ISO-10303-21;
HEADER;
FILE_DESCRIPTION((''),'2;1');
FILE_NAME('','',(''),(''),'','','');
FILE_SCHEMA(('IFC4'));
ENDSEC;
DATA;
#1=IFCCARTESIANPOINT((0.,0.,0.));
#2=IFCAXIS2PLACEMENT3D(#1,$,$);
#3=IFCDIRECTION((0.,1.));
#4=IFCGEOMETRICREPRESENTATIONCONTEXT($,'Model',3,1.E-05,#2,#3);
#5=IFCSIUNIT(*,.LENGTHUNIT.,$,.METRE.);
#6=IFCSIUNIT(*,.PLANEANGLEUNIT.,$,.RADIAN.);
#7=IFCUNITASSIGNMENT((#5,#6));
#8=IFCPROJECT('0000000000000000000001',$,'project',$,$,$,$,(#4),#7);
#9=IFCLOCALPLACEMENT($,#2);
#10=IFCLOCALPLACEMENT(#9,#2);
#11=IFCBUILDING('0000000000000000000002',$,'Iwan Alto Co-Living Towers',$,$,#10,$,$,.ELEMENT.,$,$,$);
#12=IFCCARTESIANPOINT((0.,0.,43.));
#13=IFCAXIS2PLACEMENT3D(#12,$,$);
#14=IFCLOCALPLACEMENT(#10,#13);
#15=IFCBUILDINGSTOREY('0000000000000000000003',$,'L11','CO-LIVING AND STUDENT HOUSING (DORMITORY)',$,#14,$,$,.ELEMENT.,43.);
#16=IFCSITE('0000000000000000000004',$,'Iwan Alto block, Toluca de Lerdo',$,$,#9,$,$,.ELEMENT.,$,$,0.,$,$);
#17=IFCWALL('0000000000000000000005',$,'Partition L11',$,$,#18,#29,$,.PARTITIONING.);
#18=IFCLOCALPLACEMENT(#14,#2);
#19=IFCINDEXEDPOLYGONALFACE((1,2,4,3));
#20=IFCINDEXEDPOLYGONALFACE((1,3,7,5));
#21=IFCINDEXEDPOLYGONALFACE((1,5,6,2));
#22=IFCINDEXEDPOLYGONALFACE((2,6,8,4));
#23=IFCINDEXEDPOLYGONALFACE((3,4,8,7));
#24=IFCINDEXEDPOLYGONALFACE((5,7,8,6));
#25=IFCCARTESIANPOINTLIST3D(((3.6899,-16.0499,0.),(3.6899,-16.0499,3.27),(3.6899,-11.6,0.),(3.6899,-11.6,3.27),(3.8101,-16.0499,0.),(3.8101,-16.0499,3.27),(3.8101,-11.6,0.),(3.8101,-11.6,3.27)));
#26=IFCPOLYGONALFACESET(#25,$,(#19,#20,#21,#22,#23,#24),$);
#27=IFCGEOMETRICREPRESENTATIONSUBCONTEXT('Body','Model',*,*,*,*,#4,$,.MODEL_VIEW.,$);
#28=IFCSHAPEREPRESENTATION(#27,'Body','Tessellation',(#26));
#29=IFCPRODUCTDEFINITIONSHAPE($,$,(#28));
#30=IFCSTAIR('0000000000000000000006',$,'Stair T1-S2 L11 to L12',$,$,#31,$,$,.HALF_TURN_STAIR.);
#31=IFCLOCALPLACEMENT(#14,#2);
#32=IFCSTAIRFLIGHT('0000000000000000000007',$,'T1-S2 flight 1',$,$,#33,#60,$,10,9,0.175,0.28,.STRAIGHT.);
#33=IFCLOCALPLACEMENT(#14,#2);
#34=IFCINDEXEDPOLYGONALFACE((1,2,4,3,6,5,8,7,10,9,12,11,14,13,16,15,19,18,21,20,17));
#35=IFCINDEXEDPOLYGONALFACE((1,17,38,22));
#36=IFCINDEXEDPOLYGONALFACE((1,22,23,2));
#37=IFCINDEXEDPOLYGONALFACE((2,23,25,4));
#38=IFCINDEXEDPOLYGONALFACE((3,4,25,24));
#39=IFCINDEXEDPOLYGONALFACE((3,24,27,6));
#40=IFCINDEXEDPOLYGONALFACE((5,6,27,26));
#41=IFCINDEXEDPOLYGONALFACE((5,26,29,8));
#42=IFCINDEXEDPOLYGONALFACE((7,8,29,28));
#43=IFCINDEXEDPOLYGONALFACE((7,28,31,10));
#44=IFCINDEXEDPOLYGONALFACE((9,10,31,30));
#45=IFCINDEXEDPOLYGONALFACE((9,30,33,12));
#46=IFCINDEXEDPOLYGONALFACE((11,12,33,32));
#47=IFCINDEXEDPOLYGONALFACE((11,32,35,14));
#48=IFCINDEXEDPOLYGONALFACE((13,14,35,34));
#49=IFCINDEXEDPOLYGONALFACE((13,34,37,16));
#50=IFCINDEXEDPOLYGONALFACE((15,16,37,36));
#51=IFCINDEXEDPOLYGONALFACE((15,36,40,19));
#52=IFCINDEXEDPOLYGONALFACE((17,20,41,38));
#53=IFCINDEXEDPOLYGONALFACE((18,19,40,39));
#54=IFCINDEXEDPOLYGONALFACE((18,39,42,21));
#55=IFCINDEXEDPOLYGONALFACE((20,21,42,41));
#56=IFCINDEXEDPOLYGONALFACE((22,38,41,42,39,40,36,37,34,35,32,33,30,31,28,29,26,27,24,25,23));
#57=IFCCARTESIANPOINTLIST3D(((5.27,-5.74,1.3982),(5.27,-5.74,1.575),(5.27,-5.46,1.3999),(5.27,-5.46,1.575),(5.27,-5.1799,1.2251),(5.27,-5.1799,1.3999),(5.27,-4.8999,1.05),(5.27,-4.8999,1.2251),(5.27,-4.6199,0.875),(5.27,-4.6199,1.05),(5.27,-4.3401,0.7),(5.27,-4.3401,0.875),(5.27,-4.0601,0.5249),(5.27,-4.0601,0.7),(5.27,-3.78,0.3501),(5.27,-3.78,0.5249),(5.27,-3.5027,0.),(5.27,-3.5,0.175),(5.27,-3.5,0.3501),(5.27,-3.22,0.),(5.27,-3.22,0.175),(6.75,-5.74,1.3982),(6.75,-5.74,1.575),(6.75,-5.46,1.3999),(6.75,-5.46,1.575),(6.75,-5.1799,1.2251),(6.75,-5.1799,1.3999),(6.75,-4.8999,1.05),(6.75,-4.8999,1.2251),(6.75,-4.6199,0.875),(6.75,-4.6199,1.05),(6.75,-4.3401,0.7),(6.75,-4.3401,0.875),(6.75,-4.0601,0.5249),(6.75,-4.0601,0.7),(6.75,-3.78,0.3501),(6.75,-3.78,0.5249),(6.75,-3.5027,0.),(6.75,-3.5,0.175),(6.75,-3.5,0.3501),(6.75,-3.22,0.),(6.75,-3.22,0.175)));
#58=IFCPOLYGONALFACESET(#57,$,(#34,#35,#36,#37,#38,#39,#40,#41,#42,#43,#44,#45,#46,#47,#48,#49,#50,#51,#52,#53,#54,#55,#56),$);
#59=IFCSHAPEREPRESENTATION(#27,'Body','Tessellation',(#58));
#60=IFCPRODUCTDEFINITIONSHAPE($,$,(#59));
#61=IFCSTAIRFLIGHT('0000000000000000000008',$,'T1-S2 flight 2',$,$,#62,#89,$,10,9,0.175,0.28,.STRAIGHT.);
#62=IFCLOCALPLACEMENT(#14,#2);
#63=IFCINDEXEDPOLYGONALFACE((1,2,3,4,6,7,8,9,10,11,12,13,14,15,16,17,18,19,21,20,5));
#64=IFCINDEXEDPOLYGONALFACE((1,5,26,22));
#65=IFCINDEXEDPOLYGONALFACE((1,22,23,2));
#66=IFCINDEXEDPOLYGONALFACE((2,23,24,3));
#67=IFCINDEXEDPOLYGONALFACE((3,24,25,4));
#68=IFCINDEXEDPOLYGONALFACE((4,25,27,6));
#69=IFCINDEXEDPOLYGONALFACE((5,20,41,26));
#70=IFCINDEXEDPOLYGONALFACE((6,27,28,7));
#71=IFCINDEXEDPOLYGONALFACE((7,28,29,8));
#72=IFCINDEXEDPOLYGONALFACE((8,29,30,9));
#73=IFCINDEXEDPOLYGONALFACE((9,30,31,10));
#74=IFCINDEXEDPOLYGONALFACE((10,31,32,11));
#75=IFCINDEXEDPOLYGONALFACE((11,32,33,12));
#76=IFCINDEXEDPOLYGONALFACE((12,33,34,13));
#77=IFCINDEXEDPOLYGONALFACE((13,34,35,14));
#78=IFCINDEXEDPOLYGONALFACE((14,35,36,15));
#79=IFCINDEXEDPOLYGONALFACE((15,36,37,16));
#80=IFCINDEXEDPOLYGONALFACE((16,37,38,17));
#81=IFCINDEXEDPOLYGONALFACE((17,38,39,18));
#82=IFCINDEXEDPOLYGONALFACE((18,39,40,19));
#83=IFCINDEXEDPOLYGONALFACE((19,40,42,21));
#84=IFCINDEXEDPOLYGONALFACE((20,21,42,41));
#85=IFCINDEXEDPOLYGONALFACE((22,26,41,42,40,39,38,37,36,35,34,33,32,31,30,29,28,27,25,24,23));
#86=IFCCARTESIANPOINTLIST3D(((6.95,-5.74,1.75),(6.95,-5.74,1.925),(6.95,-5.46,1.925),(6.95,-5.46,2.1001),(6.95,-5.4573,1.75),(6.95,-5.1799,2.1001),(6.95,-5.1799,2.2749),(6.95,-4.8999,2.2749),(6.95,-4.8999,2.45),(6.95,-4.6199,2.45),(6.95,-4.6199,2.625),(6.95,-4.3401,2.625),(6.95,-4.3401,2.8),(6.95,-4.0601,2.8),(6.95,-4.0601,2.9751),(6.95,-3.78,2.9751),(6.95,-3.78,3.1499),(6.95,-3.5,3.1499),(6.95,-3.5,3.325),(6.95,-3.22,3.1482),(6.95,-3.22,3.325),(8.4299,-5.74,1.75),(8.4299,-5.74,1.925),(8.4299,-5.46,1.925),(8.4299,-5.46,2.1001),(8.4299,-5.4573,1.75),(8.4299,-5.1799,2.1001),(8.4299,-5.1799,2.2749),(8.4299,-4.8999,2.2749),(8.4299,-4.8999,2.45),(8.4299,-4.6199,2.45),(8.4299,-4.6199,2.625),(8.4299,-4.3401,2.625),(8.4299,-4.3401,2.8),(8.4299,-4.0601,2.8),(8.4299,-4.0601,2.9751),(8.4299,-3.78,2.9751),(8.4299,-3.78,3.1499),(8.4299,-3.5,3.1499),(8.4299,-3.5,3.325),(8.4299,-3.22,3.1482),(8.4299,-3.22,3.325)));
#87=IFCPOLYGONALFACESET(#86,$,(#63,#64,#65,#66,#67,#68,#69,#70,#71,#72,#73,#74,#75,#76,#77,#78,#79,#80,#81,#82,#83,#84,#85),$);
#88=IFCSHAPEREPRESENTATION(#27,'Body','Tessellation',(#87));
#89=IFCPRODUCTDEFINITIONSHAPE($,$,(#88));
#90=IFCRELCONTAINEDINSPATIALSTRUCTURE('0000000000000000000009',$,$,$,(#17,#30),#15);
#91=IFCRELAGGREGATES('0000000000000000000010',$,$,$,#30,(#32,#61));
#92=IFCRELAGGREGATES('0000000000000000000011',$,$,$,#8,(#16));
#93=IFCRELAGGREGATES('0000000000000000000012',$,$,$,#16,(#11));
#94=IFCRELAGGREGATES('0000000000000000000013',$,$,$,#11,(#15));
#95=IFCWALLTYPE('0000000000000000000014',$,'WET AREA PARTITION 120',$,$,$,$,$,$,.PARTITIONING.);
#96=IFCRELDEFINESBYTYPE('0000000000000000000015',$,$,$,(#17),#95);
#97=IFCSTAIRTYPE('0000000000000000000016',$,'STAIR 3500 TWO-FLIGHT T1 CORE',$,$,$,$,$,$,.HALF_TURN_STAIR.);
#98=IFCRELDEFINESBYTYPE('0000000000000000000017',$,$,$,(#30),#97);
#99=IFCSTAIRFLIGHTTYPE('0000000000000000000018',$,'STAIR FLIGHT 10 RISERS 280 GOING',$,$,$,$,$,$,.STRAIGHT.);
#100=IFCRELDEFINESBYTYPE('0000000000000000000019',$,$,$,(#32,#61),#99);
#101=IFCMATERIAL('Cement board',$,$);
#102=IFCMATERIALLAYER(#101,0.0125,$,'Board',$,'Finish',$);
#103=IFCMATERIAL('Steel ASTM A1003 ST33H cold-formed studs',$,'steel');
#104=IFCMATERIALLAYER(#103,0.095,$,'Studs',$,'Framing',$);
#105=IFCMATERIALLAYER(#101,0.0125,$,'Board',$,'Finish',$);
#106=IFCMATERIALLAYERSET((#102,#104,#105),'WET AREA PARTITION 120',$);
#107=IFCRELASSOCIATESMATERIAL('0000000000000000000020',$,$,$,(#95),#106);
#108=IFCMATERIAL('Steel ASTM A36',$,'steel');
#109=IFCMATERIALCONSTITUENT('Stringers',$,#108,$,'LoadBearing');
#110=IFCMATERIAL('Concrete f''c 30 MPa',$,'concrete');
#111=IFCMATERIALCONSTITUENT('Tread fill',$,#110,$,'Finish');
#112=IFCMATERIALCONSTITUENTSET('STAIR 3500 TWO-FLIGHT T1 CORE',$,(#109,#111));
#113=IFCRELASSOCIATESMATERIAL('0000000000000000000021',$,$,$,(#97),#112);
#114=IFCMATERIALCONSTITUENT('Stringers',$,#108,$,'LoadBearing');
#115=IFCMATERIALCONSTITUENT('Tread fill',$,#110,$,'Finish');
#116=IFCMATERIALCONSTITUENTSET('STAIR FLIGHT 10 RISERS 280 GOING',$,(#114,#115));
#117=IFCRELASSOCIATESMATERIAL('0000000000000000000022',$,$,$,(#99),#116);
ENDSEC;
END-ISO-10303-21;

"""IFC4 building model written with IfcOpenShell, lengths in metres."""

from ifc_helpers import new_model, si_unit, direction, frame, frame_2d, origin, place, context, subcontext, project, spatial, polyline, rectangle, outline, extrude, material, layer, layer_set, constituent, constituent_set, type_object, element, aggregate, save


model = new_model("IFC4")

# Units and contexts
model_context = context("Model", 3, precision=1e-05, world=origin(), true_north=direction((0.0, 1.0)))
body_context = subcontext(model_context, "Body", "Model", "MODEL_VIEW")
ifc_project = project(units=[si_unit("LENGTHUNIT", "METRE"), si_unit("PLANEANGLEUNIT", "RADIAN")], contexts=[model_context])

# Site, building, storey
site_placement = place(None, origin())
site = spatial("IfcSite", under=ifc_project, at=site_placement, Name="Iwan Alto block, Toluca de Lerdo", CompositionType="ELEMENT", RefElevation=0.0)
building_placement = place(site_placement, origin())
building = spatial("IfcBuilding", under=site, at=building_placement, Name="Iwan Alto Co-Living Towers", CompositionType="ELEMENT")
storey_placement = place(building_placement, frame((0.0, 0.0, 43.0)))
storey = spatial("IfcBuildingStorey", under=building, at=storey_placement, Name="L11", Description="CO-LIVING AND STUDENT HOUSING (DORMITORY)", CompositionType="ELEMENT", Elevation=43.0)

# Shared definitions
ifc_material_1 = material(Name="Steel ASTM A1003 ST33H cold-formed studs", Category="steel")

# Wall
ifc_material_2 = material(Name="Cement board")
ifc_layer_1 = layer(ifc_material_2, 0.0125, Name="Board", Category="Finish")
ifc_layer_2 = layer(ifc_material_1, 0.095, Name="Studs", Category="Framing")
ifc_layer_3 = layer(ifc_material_2, 0.0125, Name="Board", Category="Finish")
ifc_layer_set_1 = layer_set([ifc_layer_1, ifc_layer_2, ifc_layer_3], Name="WET AREA PARTITION 120")
wall_type_1 = type_object("IfcWallType", Name="WET AREA PARTITION 120", PredefinedType="PARTITIONING", material=ifc_layer_set_1)
wall_1_placement = place(storey_placement, frame((3.75, -16.05, 0.0), z_axis=(0.0, 0.0, 1.0), x_axis=(0.0, 1.0, 0.0)))
element("IfcWall", 1, at=wall_1_placement, inside=storey, type_object=wall_type_1, Name="Partition L11", PredefinedType="PARTITIONING", context=body_context, shape_type="SweptSolid", body=[
    extrude(rectangle(XDim=4.45, YDim=0.1201, at=frame_2d((2.2251, 0.0))), origin(), (0.0, 0.0, 1.0), 3.27),
])

# Stair, stair flights
ifc_material_3 = material(Name="Steel ASTM A36", Category="steel")
ifc_constituent_1 = constituent(ifc_material_3, Name="Stringers", Category="LoadBearing")
ifc_material_4 = material(Name="Concrete f'c 30 MPa", Category="concrete")
ifc_constituent_2 = constituent(ifc_material_4, Name="Tread fill", Category="Finish")
ifc_constituent_set_1 = constituent_set(constituents=[ifc_constituent_1, ifc_constituent_2], Name="STAIR 3500 TWO-FLIGHT T1 CORE")
stair_type = type_object("IfcStairType", Name="STAIR 3500 TWO-FLIGHT T1 CORE", PredefinedType="HALF_TURN_STAIR", material=ifc_constituent_set_1)
stair_placement = place(storey_placement, origin())
stair = element("IfcStair", 2, at=stair_placement, inside=storey, type_object=stair_type, Name="Stair T1-S2 L11 to L12", PredefinedType="HALF_TURN_STAIR")
ifc_constituent_3 = constituent(ifc_material_3, Name="Stringers", Category="LoadBearing")
ifc_constituent_4 = constituent(ifc_material_4, Name="Tread fill", Category="Finish")
ifc_constituent_set_2 = constituent_set(constituents=[ifc_constituent_3, ifc_constituent_4], Name="STAIR FLIGHT 10 RISERS 280 GOING")
stair_flight_type = type_object("IfcStairFlightType", Name="STAIR FLIGHT 10 RISERS 280 GOING", PredefinedType="STRAIGHT", material=ifc_constituent_set_2)
stair_flight_1_placement = place(storey_placement, frame((6.01, -3.22, 0.0), z_axis=(0.0, 0.0, 1.0), x_axis=(0.0, -1.0, 0.0)))
stair_flight_1 = element("IfcStairFlight", 3, at=stair_flight_1_placement, type_object=stair_flight_type, Name="T1-S2 flight 1", NumberOfRisers=10, NumberOfTreads=9, PredefinedType="STRAIGHT", RiserHeight=0.175, TreadLength=0.28, context=body_context, shape_type="SweptSolid", body=[
    extrude(outline(polyline([(0.0, 0.0), (0.0, 0.175), (0.28, 0.175), (0.28, 0.3501), (0.5601, 0.3501), (0.5601, 0.5249), (0.8401, 0.5249), (0.8401, 0.7), (1.1201, 0.7), (1.1201, 0.875), (1.3999, 0.875), (1.3999, 1.05), (1.6799, 1.05), (1.6799, 1.2251), (1.96, 1.2251), (1.96, 1.3999), (2.24, 1.3999), (2.24, 1.575), (2.52, 1.575), (2.52, 1.75), (2.52, 1.3982), (0.2827, 0.0), (0.0, 0.0)])), frame((0.0, 0.74, 0.0), z_axis=(0.0, -1.0, 0.0), x_axis=(1.0, 0.0, 0.0)), (0.0, 0.0, 1.0), 1.48),
])
stair_flight_2_placement = place(storey_placement, frame((7.6899, -5.74, 1.75), z_axis=(0.0, 0.0, 1.0), x_axis=(0.0, 1.0, 0.0)))
stair_flight_2 = element("IfcStairFlight", 4, at=stair_flight_2_placement, type_object=stair_flight_type, Name="T1-S2 flight 2", NumberOfRisers=10, NumberOfTreads=9, PredefinedType="STRAIGHT", RiserHeight=0.175, TreadLength=0.28, context=body_context, shape_type="SweptSolid", body=[
    extrude(outline(polyline([(0.0, 0.0), (0.0, 0.175), (0.28, 0.175), (0.28, 0.3501), (0.5601, 0.3501), (0.5601, 0.5249), (0.8401, 0.5249), (0.8401, 0.7), (1.1201, 0.7), (1.1201, 0.875), (1.3999, 0.875), (1.3999, 1.05), (1.6799, 1.05), (1.6799, 1.2251), (1.96, 1.2251), (1.96, 1.3999), (2.24, 1.3999), (2.24, 1.575), (2.52, 1.575), (2.52, 1.75), (2.52, 1.3982), (0.2827, 0.0), (0.0, 0.0)])), frame((0.0, 0.74, 0.0), z_axis=(0.0, -1.0, 0.0), x_axis=(1.0, 0.0, 0.0)), (0.0, 0.0, 1.0), 1.48),
])
aggregate(stair, [stair_flight_1, stair_flight_2])

save(model, "model.ifc")
